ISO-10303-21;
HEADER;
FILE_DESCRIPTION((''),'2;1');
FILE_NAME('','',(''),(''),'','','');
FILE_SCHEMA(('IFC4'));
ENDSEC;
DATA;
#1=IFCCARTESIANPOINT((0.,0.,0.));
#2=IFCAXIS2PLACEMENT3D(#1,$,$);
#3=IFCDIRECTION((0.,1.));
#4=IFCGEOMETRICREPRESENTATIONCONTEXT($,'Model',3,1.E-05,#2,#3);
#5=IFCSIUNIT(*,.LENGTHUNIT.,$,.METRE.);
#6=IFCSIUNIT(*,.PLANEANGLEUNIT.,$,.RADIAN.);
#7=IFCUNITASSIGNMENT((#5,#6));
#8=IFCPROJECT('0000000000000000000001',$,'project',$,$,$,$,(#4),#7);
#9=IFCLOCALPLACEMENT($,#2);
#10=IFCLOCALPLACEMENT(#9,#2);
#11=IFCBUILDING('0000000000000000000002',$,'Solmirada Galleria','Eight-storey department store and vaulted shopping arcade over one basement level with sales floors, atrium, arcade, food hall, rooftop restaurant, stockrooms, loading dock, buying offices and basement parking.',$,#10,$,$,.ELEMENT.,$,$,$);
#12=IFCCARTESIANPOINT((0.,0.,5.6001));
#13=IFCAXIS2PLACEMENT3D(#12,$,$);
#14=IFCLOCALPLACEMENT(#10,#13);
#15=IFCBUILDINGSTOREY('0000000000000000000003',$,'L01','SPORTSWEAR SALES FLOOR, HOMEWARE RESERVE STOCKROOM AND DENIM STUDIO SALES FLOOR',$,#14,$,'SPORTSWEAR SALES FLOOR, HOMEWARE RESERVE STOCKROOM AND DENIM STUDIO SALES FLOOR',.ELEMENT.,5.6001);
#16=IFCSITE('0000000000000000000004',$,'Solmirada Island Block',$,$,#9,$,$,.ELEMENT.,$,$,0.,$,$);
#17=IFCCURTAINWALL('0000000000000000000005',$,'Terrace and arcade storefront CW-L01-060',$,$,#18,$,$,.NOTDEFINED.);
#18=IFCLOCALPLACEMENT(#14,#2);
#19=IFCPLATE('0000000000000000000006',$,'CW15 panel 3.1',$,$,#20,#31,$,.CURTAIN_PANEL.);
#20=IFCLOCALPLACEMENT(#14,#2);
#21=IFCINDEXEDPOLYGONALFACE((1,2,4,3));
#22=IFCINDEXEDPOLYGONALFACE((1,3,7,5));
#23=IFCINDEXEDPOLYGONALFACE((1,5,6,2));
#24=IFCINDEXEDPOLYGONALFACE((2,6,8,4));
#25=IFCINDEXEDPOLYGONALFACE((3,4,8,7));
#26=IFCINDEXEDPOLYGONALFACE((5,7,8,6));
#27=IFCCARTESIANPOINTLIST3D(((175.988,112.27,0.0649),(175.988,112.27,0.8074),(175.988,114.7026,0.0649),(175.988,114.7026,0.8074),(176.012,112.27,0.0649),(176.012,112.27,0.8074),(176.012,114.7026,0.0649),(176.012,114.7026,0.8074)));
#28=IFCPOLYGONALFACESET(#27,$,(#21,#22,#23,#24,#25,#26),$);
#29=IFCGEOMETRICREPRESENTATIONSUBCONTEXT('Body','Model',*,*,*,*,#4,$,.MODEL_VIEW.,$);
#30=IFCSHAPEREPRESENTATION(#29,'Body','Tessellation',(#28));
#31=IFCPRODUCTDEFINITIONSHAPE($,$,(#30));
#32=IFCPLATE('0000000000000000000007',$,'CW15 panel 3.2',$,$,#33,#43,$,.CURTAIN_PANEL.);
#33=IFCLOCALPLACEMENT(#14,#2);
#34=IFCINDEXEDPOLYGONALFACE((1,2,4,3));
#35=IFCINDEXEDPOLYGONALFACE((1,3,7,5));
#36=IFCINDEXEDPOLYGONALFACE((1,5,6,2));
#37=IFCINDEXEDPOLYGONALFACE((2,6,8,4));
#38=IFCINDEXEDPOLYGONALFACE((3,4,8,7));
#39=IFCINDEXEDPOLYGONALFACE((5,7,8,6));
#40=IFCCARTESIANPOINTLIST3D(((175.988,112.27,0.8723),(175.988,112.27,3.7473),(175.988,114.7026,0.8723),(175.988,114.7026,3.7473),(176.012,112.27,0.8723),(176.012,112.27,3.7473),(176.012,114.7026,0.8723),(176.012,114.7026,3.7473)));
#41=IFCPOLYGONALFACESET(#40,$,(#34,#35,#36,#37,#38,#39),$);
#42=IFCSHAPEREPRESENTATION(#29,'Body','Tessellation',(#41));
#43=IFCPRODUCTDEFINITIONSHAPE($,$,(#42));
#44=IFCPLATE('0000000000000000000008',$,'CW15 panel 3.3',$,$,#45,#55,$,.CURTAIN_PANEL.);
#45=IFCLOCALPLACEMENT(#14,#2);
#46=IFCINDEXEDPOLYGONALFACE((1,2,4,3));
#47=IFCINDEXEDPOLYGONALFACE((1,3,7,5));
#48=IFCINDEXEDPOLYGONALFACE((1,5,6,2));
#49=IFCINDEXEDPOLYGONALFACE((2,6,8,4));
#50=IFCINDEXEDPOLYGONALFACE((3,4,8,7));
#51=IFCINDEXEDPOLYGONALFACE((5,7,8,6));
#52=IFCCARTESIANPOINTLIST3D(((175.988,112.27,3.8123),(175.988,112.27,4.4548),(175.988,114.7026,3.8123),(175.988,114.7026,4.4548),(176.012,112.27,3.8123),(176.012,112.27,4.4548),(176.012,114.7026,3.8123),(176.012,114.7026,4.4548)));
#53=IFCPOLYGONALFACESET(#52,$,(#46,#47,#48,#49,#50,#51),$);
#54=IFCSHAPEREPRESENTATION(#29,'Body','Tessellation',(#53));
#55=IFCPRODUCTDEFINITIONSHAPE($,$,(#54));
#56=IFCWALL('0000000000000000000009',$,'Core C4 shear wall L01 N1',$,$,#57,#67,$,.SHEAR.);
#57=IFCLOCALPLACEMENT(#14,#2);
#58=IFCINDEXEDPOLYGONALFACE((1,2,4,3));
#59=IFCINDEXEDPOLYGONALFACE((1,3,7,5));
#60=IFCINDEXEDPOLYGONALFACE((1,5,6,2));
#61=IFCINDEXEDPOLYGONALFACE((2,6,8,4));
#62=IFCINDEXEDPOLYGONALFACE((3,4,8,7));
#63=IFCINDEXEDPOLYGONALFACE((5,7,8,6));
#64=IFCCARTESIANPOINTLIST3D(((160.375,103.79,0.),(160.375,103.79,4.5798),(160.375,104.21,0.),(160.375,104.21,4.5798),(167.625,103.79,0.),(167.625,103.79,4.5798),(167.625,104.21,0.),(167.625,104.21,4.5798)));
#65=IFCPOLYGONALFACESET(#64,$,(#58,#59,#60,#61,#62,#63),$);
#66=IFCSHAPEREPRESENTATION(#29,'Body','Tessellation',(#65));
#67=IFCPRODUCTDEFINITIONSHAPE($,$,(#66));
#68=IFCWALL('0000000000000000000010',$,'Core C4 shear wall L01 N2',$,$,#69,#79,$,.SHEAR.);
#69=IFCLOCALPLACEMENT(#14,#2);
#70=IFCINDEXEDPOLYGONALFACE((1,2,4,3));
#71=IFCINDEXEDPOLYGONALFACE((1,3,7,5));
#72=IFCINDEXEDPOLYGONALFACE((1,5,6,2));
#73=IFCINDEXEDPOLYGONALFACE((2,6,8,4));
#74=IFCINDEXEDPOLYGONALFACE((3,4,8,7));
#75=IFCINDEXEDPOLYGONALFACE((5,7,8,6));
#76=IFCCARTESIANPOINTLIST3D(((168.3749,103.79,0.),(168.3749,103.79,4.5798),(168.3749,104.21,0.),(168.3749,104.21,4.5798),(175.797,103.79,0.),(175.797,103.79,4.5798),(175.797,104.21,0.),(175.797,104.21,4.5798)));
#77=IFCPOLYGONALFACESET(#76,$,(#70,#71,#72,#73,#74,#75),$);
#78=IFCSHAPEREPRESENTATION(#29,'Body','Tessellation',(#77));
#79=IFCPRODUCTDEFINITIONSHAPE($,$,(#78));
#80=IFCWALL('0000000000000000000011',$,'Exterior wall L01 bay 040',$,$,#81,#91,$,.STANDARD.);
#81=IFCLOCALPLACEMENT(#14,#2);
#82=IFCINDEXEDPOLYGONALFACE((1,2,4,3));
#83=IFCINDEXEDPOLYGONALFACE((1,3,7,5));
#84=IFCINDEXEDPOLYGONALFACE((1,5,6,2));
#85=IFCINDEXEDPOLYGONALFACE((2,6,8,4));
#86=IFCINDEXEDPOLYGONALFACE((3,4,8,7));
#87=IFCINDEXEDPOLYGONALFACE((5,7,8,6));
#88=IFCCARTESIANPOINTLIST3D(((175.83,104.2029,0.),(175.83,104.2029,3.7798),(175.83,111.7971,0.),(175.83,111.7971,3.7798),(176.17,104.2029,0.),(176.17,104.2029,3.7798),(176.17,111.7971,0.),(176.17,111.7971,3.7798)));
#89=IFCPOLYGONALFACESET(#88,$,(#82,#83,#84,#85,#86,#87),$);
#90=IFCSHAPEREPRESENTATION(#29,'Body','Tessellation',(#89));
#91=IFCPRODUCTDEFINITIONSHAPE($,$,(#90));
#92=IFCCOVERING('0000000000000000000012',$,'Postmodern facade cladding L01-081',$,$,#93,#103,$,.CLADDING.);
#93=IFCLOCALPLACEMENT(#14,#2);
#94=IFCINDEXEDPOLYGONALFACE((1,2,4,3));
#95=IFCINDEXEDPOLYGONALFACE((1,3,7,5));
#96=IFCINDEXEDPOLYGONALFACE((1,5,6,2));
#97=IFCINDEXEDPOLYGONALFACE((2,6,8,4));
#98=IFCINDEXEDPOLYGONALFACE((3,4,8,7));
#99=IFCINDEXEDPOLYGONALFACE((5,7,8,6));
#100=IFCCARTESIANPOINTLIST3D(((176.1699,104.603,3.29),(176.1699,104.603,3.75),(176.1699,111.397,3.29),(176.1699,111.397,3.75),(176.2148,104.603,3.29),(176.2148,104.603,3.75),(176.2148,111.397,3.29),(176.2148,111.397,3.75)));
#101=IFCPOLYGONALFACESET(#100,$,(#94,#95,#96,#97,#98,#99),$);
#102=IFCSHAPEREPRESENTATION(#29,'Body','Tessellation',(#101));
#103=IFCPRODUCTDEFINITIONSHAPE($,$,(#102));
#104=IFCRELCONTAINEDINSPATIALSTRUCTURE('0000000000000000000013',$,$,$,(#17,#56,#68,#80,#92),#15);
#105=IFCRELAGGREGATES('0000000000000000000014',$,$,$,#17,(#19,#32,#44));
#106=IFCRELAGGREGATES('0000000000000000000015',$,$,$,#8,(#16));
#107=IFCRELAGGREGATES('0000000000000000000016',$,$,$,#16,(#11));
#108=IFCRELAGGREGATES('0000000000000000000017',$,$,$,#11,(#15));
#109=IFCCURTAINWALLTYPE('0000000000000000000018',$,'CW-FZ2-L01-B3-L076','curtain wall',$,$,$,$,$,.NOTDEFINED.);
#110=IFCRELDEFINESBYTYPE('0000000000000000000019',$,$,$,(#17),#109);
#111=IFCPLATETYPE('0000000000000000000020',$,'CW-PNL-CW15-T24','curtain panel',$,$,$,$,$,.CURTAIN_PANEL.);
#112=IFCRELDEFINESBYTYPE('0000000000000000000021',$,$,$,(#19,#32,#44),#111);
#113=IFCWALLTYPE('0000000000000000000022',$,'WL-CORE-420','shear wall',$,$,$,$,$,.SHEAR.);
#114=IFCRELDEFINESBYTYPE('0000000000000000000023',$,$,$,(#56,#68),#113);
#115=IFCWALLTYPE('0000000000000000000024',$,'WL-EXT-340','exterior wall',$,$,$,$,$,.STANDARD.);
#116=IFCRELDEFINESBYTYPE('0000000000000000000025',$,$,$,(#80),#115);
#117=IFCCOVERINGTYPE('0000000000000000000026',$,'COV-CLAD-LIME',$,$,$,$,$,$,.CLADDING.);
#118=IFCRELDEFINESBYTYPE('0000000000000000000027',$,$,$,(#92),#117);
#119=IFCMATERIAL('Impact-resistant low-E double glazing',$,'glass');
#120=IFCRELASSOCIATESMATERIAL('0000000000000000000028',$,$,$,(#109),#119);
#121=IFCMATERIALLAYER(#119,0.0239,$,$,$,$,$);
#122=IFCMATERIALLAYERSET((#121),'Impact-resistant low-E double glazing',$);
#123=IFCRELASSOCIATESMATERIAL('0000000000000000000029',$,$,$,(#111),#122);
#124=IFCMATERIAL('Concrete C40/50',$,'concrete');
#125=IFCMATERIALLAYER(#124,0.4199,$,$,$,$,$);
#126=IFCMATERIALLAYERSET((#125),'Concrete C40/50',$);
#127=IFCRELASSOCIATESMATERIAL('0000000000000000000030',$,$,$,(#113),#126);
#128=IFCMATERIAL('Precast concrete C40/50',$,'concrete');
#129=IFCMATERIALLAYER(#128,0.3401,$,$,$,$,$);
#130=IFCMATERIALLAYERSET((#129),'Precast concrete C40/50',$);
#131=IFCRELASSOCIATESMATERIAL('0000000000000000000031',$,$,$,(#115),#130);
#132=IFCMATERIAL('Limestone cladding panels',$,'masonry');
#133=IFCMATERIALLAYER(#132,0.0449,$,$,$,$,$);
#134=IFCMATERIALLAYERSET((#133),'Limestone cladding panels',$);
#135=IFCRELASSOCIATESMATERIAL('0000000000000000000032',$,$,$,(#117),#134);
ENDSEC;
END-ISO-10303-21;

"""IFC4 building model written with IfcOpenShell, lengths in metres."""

from ifc_helpers import new_model, si_unit, direction, frame, frame_2d, origin, origin_2d, place, context, subcontext, project, spatial, rectangle, extrude, material, layer, layer_set, type_object, element, aggregate, save


model = new_model("IFC4")

# Units and contexts
model_context = context("Model", 3, precision=1e-05, world=origin(), true_north=direction((0.0, 1.0)))
body_context = subcontext(model_context, "Body", "Model", "MODEL_VIEW")
ifc_project = project(units=[si_unit("LENGTHUNIT", "METRE"), si_unit("PLANEANGLEUNIT", "RADIAN")], contexts=[model_context])

# Site, building, storey
site_placement = place(None, origin())
site = spatial("IfcSite", under=ifc_project, at=site_placement, Name="Solmirada Island Block", CompositionType="ELEMENT", RefElevation=0.0)
building_placement = place(site_placement, origin())
building = spatial("IfcBuilding", under=site, at=building_placement, Name="Solmirada Galleria", Description="Eight-storey department store and vaulted shopping arcade over one basement level with sales floors, atrium, arcade, food hall, rooftop restaurant, stockrooms, loading dock, buying offices and basement parking.", CompositionType="ELEMENT")
storey_placement = place(building_placement, frame((0.0, 0.0, 5.6001)))
storey = spatial("IfcBuildingStorey", under=building, at=storey_placement, Name="L01", Description="SPORTSWEAR SALES FLOOR, HOMEWARE RESERVE STOCKROOM AND DENIM STUDIO SALES FLOOR", LongName="SPORTSWEAR SALES FLOOR, HOMEWARE RESERVE STOCKROOM AND DENIM STUDIO SALES FLOOR", CompositionType="ELEMENT", Elevation=5.6001)

# Shared definitions
ifc_material_1 = material(Name="Concrete C40/50", Category="concrete")

# Curtain wall
ifc_material_2 = material(Name="Impact-resistant low-E double glazing", Category="glass")
curtain_wall_type = type_object("IfcCurtainWallType", Name="CW-FZ2-L01-B3-L076", Description="curtain wall", PredefinedType="NOTDEFINED", material=ifc_material_2)
curtain_wall_1_placement = place(storey_placement, origin())
curtain_wall_1 = element("IfcCurtainWall", 1, at=curtain_wall_1_placement, inside=storey, type_object=curtain_wall_type, Name="Terrace and arcade storefront CW-L01-060", PredefinedType="NOTDEFINED")

# Plates
ifc_layer_1 = layer(ifc_material_2, 0.0239)
ifc_layer_set_1 = layer_set([ifc_layer_1], Name="Impact-resistant low-E double glazing")
plate_type = type_object("IfcPlateType", Name="CW-PNL-CW15-T24", Description="curtain panel", PredefinedType="CURTAIN_PANEL", material=ifc_layer_set_1)
plate_1_placement = place(storey_placement, frame((176.0, 113.4863, 0.0649), z_axis=(0.0, 0.0, 1.0), x_axis=(0.0, -1.0, 0.0)))
plate_1 = element("IfcPlate", 2, at=plate_1_placement, type_object=plate_type, Name="CW15 panel 3.1", PredefinedType="CURTAIN_PANEL", context=body_context, shape_type="SweptSolid", body=[
    extrude(rectangle(XDim=2.4326, YDim=0.0239, at=origin_2d()), origin(), (0.0, 0.0, 1.0), 0.7424),
])
plate_2_placement = place(storey_placement, frame((176.0, 113.4863, 0.8723), z_axis=(0.0, 0.0, 1.0), x_axis=(0.0, -1.0, 0.0)))
plate_2 = element("IfcPlate", 3, at=plate_2_placement, type_object=plate_type, Name="CW15 panel 3.2", PredefinedType="CURTAIN_PANEL", context=body_context, shape_type="SweptSolid", body=[
    extrude(rectangle(XDim=2.4326, YDim=0.0239, at=origin_2d()), origin(), (0.0, 0.0, 1.0), 2.875),
])
plate_3_placement = place(storey_placement, frame((176.0, 113.4863, 3.8123), z_axis=(0.0, 0.0, 1.0), x_axis=(0.0, -1.0, 0.0)))
plate_3 = element("IfcPlate", 4, at=plate_3_placement, type_object=plate_type, Name="CW15 panel 3.3", PredefinedType="CURTAIN_PANEL", context=body_context, shape_type="SweptSolid", body=[
    extrude(rectangle(XDim=2.4326, YDim=0.0239, at=origin_2d()), origin(), (0.0, 0.0, 1.0), 0.6426),
])
aggregate(curtain_wall_1, [plate_1, plate_2, plate_3])

# Walls
ifc_layer_2 = layer(ifc_material_1, 0.4199)
ifc_layer_set_2 = layer_set([ifc_layer_2], Name="Concrete C40/50")
wall_type_1 = type_object("IfcWallType", Name="WL-CORE-420", Description="shear wall", PredefinedType="SHEAR", material=ifc_layer_set_2)
wall_1_placement = place(storey_placement, frame((160.375, 104.0, 0.0), z_axis=(0.0, 0.0, 1.0), x_axis=(1.0, 0.0, 0.0)))
element("IfcWall", 5, at=wall_1_placement, inside=storey, type_object=wall_type_1, Name="Core C4 shear wall L01 N1", PredefinedType="SHEAR", context=body_context, shape_type="SweptSolid", body=[
    extrude(rectangle(XDim=7.25, YDim=0.4199, at=frame_2d((3.625, 0.0))), origin(), (0.0, 0.0, 1.0), 4.5798),
])
wall_2_placement = place(storey_placement, frame((168.375, 104.0, 0.0), z_axis=(0.0, 0.0, 1.0), x_axis=(1.0, 0.0, 0.0)))
element("IfcWall", 6, at=wall_2_placement, inside=storey, type_object=wall_type_1, Name="Core C4 shear wall L01 N2", PredefinedType="SHEAR", context=body_context, shape_type="SweptSolid", body=[
    extrude(rectangle(XDim=7.4221, YDim=0.4199, at=frame_2d((3.7109, 0.0))), origin(), (0.0, 0.0, 1.0), 4.5798),
])
ifc_material_3 = material(Name="Precast concrete C40/50", Category="concrete")
ifc_layer_3 = layer(ifc_material_3, 0.3401)
ifc_layer_set_3 = layer_set([ifc_layer_3], Name="Precast concrete C40/50")
wall_type_2 = type_object("IfcWallType", Name="WL-EXT-340", Description="exterior wall", PredefinedType="STANDARD", material=ifc_layer_set_3)
wall_3_placement = place(storey_placement, frame((176.0, 111.7971, 0.0), z_axis=(0.0, 0.0, 1.0), x_axis=(0.0, -1.0, 0.0)))
element("IfcWall", 7, at=wall_3_placement, inside=storey, type_object=wall_type_2, Name="Exterior wall L01 bay 040", PredefinedType="STANDARD", context=body_context, shape_type="SweptSolid", body=[
    extrude(rectangle(XDim=7.5942, YDim=0.3401, at=frame_2d((3.7971, 0.0))), origin(), (0.0, 0.0, 1.0), 3.7798),
])

# Covering
ifc_material_4 = material(Name="Limestone cladding panels", Category="masonry")
ifc_layer_4 = layer(ifc_material_4, 0.0449)
ifc_layer_set_4 = layer_set([ifc_layer_4], Name="Limestone cladding panels")
covering_type = type_object("IfcCoveringType", Name="COV-CLAD-LIME", PredefinedType="CLADDING", material=ifc_layer_set_4)
covering_placement = place(storey_placement, frame((176.1924, 108.0, 3.29), z_axis=(0.0, 0.0, 1.0), x_axis=(0.0, -1.0, 0.0)))
element("IfcCovering", 8, at=covering_placement, inside=storey, type_object=covering_type, Name="Postmodern facade cladding L01-081", PredefinedType="CLADDING", context=body_context, shape_type="SweptSolid", body=[
    extrude(rectangle(XDim=6.7939, YDim=0.0449, at=origin_2d()), origin(), (0.0, 0.0, 1.0), 0.46),
])

save(model, "model.ifc")
